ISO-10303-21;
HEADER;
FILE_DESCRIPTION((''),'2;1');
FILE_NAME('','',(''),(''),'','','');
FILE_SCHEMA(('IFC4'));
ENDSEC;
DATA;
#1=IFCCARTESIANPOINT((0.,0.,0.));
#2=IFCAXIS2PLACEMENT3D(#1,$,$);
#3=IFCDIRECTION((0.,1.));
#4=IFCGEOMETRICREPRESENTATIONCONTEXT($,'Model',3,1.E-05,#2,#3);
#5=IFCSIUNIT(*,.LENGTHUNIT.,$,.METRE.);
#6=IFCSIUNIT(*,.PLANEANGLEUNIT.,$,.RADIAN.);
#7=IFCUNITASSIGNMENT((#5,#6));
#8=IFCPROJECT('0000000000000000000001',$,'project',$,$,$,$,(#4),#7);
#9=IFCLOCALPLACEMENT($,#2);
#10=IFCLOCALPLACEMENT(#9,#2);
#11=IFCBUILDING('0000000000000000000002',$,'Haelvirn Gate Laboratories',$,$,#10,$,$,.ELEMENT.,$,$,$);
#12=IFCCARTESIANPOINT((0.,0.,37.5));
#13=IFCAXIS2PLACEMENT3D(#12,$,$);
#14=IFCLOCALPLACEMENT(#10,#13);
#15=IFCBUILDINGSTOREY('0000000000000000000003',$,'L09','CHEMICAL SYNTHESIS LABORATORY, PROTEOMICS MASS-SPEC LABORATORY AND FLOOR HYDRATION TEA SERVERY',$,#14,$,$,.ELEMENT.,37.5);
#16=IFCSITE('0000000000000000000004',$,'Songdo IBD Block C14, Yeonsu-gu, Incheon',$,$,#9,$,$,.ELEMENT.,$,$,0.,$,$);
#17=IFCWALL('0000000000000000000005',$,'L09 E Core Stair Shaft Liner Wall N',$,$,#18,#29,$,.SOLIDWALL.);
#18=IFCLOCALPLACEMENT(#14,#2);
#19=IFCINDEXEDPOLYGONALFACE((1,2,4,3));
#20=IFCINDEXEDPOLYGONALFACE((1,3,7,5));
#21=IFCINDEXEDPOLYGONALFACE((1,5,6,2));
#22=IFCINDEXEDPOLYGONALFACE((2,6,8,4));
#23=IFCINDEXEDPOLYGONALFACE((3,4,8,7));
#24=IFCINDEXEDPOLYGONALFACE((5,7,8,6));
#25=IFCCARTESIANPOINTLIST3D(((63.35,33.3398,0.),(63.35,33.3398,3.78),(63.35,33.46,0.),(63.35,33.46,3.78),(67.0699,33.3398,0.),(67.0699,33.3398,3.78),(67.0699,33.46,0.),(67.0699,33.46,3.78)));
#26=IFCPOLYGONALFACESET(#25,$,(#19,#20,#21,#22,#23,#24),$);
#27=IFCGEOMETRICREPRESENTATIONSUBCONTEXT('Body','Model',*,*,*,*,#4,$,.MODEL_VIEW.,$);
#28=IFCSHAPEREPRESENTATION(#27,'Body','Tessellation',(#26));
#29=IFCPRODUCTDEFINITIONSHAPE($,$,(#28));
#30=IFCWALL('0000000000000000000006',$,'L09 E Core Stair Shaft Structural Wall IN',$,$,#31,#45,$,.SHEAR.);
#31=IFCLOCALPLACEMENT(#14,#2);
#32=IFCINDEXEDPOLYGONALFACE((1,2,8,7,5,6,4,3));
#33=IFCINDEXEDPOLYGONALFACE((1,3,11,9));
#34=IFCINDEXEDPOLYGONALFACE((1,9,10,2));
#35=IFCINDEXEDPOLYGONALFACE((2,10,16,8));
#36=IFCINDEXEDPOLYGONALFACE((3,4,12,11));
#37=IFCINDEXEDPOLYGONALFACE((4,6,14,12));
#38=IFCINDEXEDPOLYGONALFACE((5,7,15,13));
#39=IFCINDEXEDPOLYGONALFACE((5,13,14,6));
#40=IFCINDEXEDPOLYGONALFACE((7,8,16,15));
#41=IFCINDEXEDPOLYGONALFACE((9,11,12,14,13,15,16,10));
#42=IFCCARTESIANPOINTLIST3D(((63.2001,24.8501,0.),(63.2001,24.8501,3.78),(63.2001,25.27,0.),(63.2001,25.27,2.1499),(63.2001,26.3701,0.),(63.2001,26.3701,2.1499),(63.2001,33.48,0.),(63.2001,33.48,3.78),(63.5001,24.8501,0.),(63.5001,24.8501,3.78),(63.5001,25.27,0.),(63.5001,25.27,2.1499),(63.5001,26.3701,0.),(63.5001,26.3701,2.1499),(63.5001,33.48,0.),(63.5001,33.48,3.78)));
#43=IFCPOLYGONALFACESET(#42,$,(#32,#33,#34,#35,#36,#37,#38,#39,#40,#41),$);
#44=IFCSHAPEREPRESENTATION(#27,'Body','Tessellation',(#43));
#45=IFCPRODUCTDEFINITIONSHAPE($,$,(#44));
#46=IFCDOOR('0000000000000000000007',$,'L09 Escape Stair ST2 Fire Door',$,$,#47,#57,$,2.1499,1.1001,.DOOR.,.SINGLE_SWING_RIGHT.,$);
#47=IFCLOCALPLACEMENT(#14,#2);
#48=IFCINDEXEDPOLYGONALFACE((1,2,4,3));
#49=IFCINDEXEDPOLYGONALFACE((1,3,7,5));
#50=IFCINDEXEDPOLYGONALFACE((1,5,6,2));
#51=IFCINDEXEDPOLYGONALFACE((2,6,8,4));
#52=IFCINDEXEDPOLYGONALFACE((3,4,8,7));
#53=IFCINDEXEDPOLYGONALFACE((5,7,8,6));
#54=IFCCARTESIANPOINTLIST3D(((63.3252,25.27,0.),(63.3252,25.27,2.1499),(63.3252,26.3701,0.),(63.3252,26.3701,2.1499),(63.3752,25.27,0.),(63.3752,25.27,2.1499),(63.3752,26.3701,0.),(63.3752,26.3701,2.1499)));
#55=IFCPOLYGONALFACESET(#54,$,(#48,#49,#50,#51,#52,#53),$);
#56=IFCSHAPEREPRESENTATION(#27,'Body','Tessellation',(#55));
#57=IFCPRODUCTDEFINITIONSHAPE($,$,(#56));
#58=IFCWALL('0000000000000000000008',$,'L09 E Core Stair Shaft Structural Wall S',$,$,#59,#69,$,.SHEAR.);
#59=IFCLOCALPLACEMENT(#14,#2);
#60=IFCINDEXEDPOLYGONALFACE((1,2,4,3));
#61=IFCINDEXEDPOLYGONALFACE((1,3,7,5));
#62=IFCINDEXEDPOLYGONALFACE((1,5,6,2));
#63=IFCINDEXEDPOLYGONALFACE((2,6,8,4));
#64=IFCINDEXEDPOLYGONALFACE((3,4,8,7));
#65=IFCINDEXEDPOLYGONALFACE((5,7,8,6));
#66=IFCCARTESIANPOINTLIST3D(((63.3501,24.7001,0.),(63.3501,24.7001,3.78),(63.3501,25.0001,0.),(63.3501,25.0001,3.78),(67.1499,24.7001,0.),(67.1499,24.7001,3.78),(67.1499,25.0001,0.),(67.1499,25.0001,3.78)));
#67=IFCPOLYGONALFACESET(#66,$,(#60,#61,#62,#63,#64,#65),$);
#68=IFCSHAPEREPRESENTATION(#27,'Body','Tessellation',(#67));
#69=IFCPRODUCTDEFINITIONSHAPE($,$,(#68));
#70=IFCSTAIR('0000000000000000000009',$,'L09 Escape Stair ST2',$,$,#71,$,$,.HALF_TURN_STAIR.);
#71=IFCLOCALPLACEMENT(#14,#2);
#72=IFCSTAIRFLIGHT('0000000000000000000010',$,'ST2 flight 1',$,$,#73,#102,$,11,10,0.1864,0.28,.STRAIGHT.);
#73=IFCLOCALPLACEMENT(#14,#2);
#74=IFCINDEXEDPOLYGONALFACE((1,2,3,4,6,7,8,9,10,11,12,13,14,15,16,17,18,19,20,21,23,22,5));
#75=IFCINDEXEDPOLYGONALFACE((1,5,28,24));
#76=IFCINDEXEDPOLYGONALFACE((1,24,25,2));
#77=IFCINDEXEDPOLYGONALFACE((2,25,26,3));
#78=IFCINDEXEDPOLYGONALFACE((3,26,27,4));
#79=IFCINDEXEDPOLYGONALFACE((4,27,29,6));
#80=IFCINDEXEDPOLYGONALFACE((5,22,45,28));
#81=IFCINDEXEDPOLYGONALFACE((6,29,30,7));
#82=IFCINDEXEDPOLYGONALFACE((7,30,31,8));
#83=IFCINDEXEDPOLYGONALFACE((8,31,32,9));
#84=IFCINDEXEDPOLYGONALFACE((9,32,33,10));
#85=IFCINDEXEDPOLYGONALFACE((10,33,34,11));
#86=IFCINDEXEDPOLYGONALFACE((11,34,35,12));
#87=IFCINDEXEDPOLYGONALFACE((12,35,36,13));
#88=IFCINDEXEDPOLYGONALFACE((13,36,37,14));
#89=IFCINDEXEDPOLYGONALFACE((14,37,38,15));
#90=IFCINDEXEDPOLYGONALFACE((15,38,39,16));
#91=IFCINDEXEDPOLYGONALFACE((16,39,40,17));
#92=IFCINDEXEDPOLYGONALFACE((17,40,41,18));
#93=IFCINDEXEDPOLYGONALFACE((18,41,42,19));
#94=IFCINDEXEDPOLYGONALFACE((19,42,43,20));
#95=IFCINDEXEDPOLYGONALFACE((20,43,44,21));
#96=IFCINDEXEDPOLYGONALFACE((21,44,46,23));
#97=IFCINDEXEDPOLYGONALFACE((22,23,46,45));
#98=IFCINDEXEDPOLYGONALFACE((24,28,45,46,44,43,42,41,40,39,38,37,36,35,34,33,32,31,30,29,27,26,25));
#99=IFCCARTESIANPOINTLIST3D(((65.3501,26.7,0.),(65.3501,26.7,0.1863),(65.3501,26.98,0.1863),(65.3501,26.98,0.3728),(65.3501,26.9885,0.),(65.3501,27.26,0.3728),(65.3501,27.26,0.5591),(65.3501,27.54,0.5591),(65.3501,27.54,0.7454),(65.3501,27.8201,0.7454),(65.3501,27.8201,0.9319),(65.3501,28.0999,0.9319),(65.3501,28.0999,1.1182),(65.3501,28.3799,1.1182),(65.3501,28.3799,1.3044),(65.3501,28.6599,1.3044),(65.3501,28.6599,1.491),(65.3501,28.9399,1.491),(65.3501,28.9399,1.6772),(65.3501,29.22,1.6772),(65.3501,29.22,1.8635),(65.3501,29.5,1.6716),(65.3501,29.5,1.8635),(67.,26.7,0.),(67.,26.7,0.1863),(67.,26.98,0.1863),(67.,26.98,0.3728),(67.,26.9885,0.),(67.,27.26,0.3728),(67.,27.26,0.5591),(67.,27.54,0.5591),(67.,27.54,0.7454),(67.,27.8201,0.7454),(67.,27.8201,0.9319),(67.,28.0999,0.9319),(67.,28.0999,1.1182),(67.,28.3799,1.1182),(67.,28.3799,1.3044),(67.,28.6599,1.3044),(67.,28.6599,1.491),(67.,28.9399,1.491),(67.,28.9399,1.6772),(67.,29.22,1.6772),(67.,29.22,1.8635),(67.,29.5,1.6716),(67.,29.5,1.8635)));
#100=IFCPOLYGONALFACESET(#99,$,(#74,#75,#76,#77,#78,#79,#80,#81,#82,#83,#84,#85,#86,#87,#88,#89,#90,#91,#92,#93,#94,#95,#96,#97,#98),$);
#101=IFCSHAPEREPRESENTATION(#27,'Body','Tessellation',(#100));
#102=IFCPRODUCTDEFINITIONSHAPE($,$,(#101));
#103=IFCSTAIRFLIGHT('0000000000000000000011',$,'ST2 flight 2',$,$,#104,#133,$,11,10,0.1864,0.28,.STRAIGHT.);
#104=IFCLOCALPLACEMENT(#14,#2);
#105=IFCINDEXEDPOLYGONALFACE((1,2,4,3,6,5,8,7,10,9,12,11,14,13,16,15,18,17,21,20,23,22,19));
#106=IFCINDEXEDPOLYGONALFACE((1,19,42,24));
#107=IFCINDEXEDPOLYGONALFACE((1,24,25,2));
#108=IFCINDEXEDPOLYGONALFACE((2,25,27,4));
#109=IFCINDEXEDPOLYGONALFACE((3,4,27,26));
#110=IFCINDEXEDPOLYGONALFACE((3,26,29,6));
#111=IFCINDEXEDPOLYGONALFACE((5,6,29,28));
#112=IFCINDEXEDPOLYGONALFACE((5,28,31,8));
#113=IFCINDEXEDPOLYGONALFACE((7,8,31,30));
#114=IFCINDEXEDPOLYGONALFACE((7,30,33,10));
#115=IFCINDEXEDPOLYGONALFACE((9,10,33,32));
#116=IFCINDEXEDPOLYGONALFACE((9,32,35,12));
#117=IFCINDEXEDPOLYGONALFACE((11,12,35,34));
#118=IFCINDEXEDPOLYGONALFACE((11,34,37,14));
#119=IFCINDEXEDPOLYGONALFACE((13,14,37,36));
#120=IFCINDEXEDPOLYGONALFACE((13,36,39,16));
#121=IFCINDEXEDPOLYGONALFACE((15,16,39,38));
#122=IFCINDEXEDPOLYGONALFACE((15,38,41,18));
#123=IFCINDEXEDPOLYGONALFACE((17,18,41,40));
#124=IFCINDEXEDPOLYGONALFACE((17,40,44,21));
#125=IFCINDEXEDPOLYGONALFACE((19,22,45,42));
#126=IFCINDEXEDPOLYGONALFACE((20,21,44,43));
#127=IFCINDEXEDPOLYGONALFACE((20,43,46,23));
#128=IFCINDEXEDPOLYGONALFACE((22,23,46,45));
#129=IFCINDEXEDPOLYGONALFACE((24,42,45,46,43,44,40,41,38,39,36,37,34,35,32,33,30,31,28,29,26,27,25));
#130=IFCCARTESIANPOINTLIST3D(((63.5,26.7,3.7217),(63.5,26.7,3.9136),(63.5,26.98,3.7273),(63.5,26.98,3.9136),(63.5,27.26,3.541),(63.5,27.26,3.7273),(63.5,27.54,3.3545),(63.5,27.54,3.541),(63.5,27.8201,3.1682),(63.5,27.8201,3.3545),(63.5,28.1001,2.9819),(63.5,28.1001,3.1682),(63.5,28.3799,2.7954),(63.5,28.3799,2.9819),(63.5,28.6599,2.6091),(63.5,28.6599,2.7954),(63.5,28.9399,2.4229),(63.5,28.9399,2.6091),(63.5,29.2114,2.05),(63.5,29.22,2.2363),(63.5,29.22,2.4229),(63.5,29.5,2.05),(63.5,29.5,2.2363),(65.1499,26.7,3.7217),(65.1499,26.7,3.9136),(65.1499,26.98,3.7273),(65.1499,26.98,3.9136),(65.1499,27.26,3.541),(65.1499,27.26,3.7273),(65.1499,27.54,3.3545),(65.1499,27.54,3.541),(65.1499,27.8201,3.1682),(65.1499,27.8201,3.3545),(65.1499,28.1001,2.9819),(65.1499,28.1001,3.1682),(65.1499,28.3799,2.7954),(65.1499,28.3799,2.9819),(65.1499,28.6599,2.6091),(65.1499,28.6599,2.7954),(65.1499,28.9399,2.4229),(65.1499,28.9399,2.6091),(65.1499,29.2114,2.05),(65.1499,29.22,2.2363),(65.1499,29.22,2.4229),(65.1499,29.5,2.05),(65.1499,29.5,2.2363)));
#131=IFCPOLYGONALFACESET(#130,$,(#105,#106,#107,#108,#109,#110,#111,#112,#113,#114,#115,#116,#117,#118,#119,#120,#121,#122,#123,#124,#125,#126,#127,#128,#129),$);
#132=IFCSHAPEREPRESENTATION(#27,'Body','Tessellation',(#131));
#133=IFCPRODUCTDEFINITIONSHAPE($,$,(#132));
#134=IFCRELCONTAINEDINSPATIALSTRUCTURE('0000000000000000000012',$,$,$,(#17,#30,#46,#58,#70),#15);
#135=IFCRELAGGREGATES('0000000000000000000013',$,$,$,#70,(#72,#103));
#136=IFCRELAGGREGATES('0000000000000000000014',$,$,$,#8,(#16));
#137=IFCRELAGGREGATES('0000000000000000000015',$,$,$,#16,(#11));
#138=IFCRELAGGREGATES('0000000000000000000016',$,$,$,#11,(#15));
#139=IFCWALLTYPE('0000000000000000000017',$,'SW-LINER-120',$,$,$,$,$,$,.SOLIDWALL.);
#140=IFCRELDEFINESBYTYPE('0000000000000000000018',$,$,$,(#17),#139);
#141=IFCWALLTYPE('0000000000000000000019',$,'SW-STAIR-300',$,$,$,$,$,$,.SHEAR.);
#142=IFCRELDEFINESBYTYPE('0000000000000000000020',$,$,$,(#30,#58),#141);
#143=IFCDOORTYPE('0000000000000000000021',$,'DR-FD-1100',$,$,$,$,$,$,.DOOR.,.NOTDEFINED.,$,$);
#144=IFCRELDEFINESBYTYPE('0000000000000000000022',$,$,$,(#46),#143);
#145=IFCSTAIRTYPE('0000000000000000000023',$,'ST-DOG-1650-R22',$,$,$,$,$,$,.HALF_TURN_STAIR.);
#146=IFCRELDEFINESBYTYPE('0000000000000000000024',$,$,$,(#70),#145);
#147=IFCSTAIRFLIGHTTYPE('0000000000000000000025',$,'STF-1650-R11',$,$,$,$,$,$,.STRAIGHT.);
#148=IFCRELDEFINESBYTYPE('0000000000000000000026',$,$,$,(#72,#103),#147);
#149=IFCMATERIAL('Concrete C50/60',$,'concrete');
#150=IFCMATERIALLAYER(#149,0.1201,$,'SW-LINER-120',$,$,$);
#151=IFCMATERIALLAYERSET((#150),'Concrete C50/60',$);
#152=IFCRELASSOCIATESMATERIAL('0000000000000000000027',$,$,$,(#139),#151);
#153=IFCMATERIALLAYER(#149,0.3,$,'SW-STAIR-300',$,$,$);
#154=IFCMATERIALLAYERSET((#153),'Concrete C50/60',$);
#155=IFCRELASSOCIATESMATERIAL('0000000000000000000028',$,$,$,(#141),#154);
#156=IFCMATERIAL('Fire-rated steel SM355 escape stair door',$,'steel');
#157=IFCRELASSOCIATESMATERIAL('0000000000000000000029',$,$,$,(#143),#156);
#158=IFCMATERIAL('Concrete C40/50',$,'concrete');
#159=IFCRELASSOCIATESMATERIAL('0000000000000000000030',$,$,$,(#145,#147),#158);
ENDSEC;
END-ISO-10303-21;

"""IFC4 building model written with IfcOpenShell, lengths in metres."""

from ifc_helpers import new_model, si_unit, direction, frame, frame_2d, origin, place, context, subcontext, project, spatial, polyline, rectangle, outline, extrude, source, transform, mapped, material, layer, layer_set, type_object, type_shapes, element, fill, aggregate, save


model = new_model("IFC4")

# Units and contexts
model_context = context("Model", 3, precision=1e-05, world=origin(), true_north=direction((0.0, 1.0)))
body_context = subcontext(model_context, "Body", "Model", "MODEL_VIEW")
ifc_project = project(units=[si_unit("LENGTHUNIT", "METRE"), si_unit("PLANEANGLEUNIT", "RADIAN")], contexts=[model_context])

# Site, building, storey
site_placement = place(None, origin())
site = spatial("IfcSite", under=ifc_project, at=site_placement, Name="Songdo IBD Block C14, Yeonsu-gu, Incheon", CompositionType="ELEMENT", RefElevation=0.0)
building_placement = place(site_placement, origin())
building = spatial("IfcBuilding", under=site, at=building_placement, Name="Haelvirn Gate Laboratories", CompositionType="ELEMENT")
storey_placement = place(building_placement, frame((0.0, 0.0, 37.5)))
storey = spatial("IfcBuildingStorey", under=building, at=storey_placement, Name="L09", Description="CHEMICAL SYNTHESIS LABORATORY, PROTEOMICS MASS-SPEC LABORATORY AND FLOOR HYDRATION TEA SERVERY", CompositionType="ELEMENT", Elevation=37.5)

# Wall
ifc_material_1 = material(Name="Concrete C40/50", Category="concrete")
ifc_material_2 = material(Name="Concrete C50/60", Category="concrete")
ifc_layer_1 = layer(ifc_material_2, 0.1201, Name="SW-LINER-120")
ifc_layer_set_1 = layer_set([ifc_layer_1], Name="Concrete C50/60")
wall_type_1 = type_object("IfcWallType", Name="SW-LINER-120", PredefinedType="SOLIDWALL", material=ifc_layer_set_1)
wall_1_placement = place(storey_placement, frame((63.3501, 33.3999, 0.0), z_axis=(0.0, 0.0, 1.0), x_axis=(1.0, 0.0, 0.0)))
element("IfcWall", 1, at=wall_1_placement, inside=storey, type_object=wall_type_1, Name="L09 E Core Stair Shaft Liner Wall N", PredefinedType="SOLIDWALL", context=body_context, shape_type="SweptSolid", body=[
    extrude(rectangle(XDim=3.72, YDim=0.1201, at=frame_2d((1.8599, 0.0))), origin(), (0.0, 0.0, 1.0), 3.78),
])

# Wall, opening, door
ifc_layer_2 = layer(ifc_material_2, 0.3, Name="SW-STAIR-300")
ifc_layer_set_2 = layer_set([ifc_layer_2], Name="Concrete C50/60")
wall_type_2 = type_object("IfcWallType", Name="SW-STAIR-300", PredefinedType="SHEAR", material=ifc_layer_set_2)
wall_2_placement = place(storey_placement, frame((63.3501, 24.8501, 0.0), z_axis=(0.0, 0.0, 1.0), x_axis=(0.0, 1.0, 0.0)))
wall_2 = element("IfcWall", 2, at=wall_2_placement, inside=storey, type_object=wall_type_2, Name="L09 E Core Stair Shaft Structural Wall IN", PredefinedType="SHEAR", context=body_context, shape_type="SweptSolid", body=[
    extrude(rectangle(XDim=8.6299, YDim=0.3, at=frame_2d((4.3149, 0.0))), origin(), (0.0, 0.0, 1.0), 3.78),
])
opening_1_placement = place(wall_2_placement, frame((0.4199, 0.0, 0.0)))
opening_1 = element("IfcOpeningElement", 3, at=opening_1_placement, cuts=wall_2, PredefinedType="OPENING", context=body_context, shape_type="SweptSolid", body=[
    extrude(rectangle(XDim=1.1001, YDim=2.1499, at=frame_2d((0.55, 1.075))), frame((0.0, 0.1602, 0.0), z_axis=(0.0, -1.0, 0.0), x_axis=(1.0, 0.0, 0.0)), (0.0, 0.0, 1.0), 0.3201),
])
ifc_material_3 = material(Name="Fire-rated steel SM355 escape stair door", Category="steel")
door_type_1 = type_object("IfcDoorType", Name="DR-FD-1100", OperationType="NOTDEFINED", PredefinedType="DOOR", material=ifc_material_3)
shared_shape_1 = source(origin(), body_context, "Body", "SweptSolid", [
    extrude(rectangle(XDim=1.1001, YDim=2.1499, at=frame_2d((0.55, 1.075))), frame((0.0, 0.0249, 0.0), z_axis=(0.0, -1.0, 0.0), x_axis=(1.0, 0.0, 0.0)), (0.0, 0.0, 1.0), 0.05),
])
type_shapes(door_type_1, [shared_shape_1])
door_1_placement = place(opening_1_placement, origin())
door_1 = element("IfcDoor", 4, at=door_1_placement, inside=storey, type_object=door_type_1, Name="L09 Escape Stair ST2 Fire Door", OperationType="SINGLE_SWING_RIGHT", OverallHeight=2.1499, OverallWidth=1.1001, PredefinedType="DOOR", context=body_context, shape_type="MappedRepresentation", body=[
    mapped(shared_shape_1, transform((0.0, 0.0, 0.0), scale=1.0)),
])
fill(opening_1, door_1)

# Wall
wall_3_placement = place(storey_placement, frame((63.3501, 24.8501, 0.0), z_axis=(0.0, 0.0, 1.0), x_axis=(1.0, 0.0, 0.0)))
element("IfcWall", 5, at=wall_3_placement, inside=storey, type_object=wall_type_2, Name="L09 E Core Stair Shaft Structural Wall S", PredefinedType="SHEAR", context=body_context, shape_type="SweptSolid", body=[
    extrude(rectangle(XDim=3.7998, YDim=0.3, at=frame_2d((1.8999, 0.0))), origin(), (0.0, 0.0, 1.0), 3.78),
])

# Stair, stair flights
stair_type = type_object("IfcStairType", Name="ST-DOG-1650-R22", PredefinedType="HALF_TURN_STAIR", material=ifc_material_1)
stair_placement = place(storey_placement, origin())
stair = element("IfcStair", 6, at=stair_placement, inside=storey, type_object=stair_type, Name="L09 Escape Stair ST2", PredefinedType="HALF_TURN_STAIR")
stair_flight_type = type_object("IfcStairFlightType", Name="STF-1650-R11", PredefinedType="STRAIGHT", material=ifc_material_1)
shared_shape_2 = source(origin(), body_context, "Body", "SweptSolid", [
    extrude(outline(polyline([(0.0, 0.0), (0.0, 0.1863), (0.28, 0.1863), (0.28, 0.3728), (0.5601, 0.3728), (0.5601, 0.5591), (0.8401, 0.5591), (0.8401, 0.7454), (1.1201, 0.7454), (1.1201, 0.9319), (1.3999, 0.9319), (1.3999, 1.1182), (1.6799, 1.1182), (1.6799, 1.3044), (1.96, 1.3044), (1.96, 1.491), (2.24, 1.491), (2.24, 1.6772), (2.52, 1.6772), (2.52, 1.8635), (2.8, 1.8635), (2.8, 2.05), (2.8, 1.6716), (0.2886, 0.0), (0.0, 0.0)])), frame((0.0, 0.825, 0.0), z_axis=(0.0, -1.0, 0.0), x_axis=(1.0, 0.0, 0.0)), (0.0, 0.0, 1.0), 1.6499),
])
type_shapes(stair_flight_type, [shared_shape_2])
stair_flight_1_placement = place(storey_placement, frame((66.175, 26.7, 0.0), z_axis=(0.0, 0.0, 1.0), x_axis=(0.0, 1.0, 0.0)))
stair_flight_1 = element("IfcStairFlight", 7, at=stair_flight_1_placement, type_object=stair_flight_type, Name="ST2 flight 1", NumberOfRisers=11, NumberOfTreads=10, PredefinedType="STRAIGHT", RiserHeight=0.1864, TreadLength=0.28, context=body_context, shape_type="MappedRepresentation", body=[
    mapped(shared_shape_2, transform((0.0, 0.0, 0.0), scale=1.0)),
])
stair_flight_2_placement = place(storey_placement, frame((64.325, 29.5, 2.05), z_axis=(0.0, 0.0, 1.0), x_axis=(0.0, -1.0, 0.0)))
stair_flight_2 = element("IfcStairFlight", 8, at=stair_flight_2_placement, type_object=stair_flight_type, Name="ST2 flight 2", NumberOfRisers=11, NumberOfTreads=10, PredefinedType="STRAIGHT", RiserHeight=0.1864, TreadLength=0.28, context=body_context, shape_type="MappedRepresentation", body=[
    mapped(shared_shape_2, transform((0.0, 0.0, 0.0), scale=1.0)),
])
aggregate(stair, [stair_flight_1, stair_flight_2])

save(model, "model.ifc")
